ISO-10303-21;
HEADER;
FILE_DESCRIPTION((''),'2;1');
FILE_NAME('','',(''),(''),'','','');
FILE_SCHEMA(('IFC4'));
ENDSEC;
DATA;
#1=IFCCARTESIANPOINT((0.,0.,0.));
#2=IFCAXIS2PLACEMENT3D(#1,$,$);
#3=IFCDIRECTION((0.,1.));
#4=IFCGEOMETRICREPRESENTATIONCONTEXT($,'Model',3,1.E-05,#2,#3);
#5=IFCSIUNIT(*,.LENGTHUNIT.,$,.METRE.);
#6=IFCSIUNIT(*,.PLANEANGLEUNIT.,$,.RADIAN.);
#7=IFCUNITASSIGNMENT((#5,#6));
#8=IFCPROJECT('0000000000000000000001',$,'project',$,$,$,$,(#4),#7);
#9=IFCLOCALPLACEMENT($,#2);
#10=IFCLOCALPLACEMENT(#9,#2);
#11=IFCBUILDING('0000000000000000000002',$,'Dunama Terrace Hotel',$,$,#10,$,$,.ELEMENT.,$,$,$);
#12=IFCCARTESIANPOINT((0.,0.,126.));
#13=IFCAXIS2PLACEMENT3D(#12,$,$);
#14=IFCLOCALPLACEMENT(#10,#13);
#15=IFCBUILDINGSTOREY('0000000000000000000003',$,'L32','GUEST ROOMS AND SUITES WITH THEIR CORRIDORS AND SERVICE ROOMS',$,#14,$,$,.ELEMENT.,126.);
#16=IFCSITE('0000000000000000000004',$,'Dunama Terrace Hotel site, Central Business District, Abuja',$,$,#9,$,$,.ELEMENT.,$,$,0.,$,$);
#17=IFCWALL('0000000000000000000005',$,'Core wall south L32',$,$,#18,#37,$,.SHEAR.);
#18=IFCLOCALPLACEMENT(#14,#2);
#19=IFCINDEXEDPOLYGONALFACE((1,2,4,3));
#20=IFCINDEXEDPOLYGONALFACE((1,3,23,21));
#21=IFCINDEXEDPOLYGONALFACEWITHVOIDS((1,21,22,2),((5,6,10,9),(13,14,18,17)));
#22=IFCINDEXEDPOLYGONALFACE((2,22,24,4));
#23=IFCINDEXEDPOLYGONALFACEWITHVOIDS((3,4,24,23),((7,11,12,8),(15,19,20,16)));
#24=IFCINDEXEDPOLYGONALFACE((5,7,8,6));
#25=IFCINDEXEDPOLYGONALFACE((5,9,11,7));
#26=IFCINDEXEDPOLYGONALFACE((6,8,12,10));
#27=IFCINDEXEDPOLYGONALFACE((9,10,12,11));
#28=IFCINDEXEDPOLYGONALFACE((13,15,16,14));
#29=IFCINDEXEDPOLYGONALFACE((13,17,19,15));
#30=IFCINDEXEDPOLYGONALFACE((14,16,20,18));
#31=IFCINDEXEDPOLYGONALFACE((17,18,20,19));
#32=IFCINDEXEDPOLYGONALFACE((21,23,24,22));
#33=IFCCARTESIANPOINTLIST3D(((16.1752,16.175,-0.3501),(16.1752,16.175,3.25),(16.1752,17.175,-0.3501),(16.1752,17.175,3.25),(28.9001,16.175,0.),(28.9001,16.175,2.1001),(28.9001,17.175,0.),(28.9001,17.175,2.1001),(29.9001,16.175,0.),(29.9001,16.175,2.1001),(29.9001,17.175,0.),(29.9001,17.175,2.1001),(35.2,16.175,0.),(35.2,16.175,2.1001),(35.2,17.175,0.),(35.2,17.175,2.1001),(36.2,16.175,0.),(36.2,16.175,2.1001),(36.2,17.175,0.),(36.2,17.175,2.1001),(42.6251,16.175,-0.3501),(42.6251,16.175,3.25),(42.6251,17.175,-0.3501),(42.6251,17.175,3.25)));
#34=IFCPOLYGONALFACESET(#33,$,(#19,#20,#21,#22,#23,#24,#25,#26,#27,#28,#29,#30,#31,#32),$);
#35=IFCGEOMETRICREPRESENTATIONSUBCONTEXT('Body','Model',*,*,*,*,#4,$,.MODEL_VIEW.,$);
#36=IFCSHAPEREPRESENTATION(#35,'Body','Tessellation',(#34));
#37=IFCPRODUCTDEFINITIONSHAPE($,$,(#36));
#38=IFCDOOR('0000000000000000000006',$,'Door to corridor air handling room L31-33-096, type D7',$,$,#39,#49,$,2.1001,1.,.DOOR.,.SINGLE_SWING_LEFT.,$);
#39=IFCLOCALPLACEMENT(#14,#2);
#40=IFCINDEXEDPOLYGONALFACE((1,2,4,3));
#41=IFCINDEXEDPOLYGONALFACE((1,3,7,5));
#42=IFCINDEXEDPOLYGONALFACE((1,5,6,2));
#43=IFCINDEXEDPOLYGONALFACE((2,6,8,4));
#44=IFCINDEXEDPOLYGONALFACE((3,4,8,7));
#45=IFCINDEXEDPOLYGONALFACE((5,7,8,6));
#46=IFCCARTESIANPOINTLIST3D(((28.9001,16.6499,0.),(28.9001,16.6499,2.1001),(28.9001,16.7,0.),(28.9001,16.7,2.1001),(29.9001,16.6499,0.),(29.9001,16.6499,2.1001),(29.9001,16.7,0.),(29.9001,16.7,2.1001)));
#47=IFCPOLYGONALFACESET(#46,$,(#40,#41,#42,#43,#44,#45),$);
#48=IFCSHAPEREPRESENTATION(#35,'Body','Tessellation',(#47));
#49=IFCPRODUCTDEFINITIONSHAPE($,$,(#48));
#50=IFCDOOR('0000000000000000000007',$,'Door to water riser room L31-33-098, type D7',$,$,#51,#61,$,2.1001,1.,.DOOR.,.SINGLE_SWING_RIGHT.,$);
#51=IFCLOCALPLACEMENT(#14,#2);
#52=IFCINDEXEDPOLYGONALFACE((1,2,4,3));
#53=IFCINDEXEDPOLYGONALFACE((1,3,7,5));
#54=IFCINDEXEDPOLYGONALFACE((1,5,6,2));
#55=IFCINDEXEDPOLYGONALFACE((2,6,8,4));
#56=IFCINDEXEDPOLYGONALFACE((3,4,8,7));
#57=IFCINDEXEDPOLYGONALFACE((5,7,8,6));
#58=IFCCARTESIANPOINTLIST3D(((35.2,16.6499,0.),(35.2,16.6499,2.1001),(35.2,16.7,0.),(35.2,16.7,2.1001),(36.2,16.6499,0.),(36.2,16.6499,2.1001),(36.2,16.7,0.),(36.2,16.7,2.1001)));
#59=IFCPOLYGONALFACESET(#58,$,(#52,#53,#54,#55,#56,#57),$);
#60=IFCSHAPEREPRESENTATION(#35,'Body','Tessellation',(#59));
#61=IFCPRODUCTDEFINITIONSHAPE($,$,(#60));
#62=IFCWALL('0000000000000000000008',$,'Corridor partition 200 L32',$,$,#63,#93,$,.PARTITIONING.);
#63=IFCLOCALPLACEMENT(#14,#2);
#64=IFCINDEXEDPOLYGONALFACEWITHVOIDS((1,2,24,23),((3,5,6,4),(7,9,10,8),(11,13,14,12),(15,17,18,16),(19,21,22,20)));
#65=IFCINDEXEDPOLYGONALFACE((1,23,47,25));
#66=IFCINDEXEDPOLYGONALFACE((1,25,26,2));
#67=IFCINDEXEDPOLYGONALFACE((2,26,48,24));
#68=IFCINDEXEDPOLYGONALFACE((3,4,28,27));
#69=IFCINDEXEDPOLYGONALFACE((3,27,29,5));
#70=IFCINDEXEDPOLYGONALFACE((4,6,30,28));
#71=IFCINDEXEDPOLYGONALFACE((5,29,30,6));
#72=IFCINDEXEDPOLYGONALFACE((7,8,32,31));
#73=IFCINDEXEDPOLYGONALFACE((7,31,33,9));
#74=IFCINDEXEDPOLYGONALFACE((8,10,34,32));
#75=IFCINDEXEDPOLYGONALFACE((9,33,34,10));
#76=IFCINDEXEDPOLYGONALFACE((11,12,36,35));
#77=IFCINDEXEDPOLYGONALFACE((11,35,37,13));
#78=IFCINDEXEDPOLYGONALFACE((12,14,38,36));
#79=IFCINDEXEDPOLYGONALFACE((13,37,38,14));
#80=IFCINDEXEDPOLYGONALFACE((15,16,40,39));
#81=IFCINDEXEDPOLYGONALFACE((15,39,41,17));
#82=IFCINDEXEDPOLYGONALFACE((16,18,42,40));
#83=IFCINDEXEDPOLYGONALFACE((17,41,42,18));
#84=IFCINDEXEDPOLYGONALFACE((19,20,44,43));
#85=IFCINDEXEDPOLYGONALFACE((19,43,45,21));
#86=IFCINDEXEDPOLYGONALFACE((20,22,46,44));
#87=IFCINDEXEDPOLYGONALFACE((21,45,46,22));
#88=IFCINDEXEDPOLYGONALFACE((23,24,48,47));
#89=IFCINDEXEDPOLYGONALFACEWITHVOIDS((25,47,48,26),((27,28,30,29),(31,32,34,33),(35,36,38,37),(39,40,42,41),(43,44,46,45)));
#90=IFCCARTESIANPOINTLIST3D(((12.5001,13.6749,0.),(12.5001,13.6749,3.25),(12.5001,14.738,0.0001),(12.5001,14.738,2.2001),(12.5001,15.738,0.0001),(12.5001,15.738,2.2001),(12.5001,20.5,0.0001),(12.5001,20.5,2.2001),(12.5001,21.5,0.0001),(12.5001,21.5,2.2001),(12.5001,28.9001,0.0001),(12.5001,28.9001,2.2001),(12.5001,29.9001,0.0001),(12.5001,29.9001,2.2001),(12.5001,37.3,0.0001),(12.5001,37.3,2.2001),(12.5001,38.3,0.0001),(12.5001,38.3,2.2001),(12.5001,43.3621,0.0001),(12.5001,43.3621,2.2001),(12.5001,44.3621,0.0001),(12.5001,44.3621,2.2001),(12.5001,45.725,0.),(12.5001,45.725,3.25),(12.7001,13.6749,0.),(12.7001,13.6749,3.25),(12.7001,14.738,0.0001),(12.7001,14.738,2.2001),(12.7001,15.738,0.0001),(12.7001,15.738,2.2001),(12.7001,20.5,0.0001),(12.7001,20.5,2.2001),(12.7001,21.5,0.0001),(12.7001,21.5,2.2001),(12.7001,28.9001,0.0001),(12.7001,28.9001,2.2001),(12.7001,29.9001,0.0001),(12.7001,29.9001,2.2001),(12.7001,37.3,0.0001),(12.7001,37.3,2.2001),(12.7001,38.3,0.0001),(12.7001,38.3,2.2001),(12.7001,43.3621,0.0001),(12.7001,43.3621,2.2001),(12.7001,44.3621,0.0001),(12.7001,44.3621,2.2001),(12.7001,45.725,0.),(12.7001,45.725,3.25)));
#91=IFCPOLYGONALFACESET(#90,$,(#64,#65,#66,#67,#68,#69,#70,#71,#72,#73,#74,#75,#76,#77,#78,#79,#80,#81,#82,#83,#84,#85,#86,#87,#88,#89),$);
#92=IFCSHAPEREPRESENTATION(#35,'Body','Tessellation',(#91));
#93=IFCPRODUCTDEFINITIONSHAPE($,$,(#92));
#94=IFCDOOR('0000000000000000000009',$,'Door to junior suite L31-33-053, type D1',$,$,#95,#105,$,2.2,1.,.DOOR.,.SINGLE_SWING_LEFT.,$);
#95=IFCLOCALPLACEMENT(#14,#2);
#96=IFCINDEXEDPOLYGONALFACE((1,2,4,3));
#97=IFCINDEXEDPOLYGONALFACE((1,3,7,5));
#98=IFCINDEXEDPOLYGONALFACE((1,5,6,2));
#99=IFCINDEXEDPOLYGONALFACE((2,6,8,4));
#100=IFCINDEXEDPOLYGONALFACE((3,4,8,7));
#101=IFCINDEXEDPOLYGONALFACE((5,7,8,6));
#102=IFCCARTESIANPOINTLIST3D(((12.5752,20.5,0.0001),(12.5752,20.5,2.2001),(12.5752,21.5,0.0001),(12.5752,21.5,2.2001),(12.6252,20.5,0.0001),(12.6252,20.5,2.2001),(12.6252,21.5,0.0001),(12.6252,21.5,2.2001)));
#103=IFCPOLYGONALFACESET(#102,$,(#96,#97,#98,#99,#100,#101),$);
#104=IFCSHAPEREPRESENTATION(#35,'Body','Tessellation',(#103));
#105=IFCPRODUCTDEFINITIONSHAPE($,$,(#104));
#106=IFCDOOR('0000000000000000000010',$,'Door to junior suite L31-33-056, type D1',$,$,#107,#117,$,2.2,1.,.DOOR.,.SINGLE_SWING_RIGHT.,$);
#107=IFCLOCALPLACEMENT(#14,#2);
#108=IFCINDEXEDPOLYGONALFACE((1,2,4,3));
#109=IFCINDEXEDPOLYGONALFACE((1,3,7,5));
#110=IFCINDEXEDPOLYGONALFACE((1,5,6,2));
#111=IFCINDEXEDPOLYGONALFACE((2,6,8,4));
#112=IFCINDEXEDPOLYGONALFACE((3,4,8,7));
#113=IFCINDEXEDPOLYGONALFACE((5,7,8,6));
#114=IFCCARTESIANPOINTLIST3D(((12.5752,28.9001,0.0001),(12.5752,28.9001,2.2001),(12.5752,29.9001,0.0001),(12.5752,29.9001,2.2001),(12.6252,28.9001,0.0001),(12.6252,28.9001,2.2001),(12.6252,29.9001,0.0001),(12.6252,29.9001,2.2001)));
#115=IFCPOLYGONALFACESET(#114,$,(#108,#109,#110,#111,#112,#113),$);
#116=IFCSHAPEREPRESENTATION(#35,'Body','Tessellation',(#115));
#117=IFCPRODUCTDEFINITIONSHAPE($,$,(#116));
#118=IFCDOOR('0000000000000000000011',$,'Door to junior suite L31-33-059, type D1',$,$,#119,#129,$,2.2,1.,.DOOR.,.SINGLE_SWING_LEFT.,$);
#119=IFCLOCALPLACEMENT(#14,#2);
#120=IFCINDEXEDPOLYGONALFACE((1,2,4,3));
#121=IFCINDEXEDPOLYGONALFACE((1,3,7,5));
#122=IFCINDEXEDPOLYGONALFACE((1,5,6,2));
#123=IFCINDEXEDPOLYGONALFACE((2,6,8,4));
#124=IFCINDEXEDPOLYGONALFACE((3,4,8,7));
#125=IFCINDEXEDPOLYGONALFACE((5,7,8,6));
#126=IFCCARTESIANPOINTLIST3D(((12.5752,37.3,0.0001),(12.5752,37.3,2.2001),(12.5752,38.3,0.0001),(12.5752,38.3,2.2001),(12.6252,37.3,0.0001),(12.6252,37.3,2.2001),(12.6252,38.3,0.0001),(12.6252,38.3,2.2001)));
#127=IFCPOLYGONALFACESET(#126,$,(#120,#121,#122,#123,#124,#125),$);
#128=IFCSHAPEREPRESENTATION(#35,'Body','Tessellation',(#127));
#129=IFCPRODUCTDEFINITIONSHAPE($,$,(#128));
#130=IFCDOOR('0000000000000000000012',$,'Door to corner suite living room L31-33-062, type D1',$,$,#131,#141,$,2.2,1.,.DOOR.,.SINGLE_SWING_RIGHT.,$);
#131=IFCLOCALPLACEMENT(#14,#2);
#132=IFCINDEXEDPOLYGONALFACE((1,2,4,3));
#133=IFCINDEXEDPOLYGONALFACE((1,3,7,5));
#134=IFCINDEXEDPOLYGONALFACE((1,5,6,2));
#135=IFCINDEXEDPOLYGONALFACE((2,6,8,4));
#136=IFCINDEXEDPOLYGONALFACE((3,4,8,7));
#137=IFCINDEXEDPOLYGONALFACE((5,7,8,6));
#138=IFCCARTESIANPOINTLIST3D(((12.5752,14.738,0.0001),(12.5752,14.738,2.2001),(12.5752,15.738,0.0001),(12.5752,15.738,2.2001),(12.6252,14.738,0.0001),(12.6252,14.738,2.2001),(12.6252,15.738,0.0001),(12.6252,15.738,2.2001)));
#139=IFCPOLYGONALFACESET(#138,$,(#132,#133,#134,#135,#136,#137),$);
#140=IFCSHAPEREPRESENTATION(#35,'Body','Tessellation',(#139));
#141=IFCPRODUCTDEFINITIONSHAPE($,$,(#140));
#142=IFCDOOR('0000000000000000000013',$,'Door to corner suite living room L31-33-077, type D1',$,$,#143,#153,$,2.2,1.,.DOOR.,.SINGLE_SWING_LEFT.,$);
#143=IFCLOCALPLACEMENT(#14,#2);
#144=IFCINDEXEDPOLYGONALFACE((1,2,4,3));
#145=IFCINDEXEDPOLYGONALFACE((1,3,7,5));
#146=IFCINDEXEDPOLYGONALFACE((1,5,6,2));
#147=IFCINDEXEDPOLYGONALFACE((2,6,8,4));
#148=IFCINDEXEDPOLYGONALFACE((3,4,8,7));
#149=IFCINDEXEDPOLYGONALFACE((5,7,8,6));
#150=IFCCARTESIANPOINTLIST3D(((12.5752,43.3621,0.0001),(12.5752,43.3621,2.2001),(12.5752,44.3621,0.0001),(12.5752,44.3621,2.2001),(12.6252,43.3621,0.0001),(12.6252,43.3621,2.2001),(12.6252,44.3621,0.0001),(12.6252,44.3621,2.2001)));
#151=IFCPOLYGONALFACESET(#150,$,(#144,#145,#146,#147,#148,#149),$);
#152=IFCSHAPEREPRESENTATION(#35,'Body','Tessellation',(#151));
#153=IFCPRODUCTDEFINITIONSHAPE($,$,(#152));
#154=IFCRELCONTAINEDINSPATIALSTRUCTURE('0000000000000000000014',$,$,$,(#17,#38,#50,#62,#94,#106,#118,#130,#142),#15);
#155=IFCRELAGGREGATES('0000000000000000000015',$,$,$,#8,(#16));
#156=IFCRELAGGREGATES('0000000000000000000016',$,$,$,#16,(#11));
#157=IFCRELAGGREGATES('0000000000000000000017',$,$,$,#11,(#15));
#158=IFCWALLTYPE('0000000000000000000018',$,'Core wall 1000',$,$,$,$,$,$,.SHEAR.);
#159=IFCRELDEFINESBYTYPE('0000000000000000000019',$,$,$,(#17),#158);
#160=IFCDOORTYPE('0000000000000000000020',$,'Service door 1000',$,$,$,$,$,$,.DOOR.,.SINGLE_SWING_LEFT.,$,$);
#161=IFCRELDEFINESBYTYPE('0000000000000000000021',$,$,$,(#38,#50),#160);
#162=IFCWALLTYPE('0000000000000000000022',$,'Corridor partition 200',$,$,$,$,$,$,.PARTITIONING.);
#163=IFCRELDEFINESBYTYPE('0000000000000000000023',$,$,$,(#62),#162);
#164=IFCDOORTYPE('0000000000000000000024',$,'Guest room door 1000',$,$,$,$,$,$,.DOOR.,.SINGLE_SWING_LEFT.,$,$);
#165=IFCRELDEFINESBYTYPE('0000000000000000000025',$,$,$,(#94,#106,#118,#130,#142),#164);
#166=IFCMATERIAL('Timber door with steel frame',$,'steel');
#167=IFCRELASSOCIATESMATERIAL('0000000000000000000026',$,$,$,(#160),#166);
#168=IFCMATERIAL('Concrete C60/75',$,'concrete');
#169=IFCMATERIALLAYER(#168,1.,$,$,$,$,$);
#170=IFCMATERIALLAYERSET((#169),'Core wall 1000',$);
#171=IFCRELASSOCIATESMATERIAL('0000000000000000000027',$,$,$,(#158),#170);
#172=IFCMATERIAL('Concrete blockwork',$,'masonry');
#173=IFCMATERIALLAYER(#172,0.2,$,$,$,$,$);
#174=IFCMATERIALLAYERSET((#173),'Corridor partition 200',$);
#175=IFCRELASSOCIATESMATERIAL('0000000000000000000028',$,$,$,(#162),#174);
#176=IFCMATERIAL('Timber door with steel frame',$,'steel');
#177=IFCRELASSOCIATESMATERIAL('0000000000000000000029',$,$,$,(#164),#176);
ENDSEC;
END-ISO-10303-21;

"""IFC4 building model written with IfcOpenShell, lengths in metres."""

from ifc_helpers import new_model, si_unit, direction, frame, frame_2d, origin, place, context, subcontext, project, spatial, rectangle, extrude, material, layer, layer_set, type_object, element, fill, save


model = new_model("IFC4")

# Units and contexts
model_context = context("Model", 3, precision=1e-05, world=origin(), true_north=direction((0.0, 1.0)))
body_context = subcontext(model_context, "Body", "Model", "MODEL_VIEW")
ifc_project = project(units=[si_unit("LENGTHUNIT", "METRE"), si_unit("PLANEANGLEUNIT", "RADIAN")], contexts=[model_context])

# Site, building, storey
site_placement = place(None, origin())
site = spatial("IfcSite", under=ifc_project, at=site_placement, Name="Dunama Terrace Hotel site, Central Business District, Abuja", CompositionType="ELEMENT", RefElevation=0.0)
building_placement = place(site_placement, origin())
building = spatial("IfcBuilding", under=site, at=building_placement, Name="Dunama Terrace Hotel", CompositionType="ELEMENT")
storey_placement = place(building_placement, frame((0.0, 0.0, 126.0)))
storey = spatial("IfcBuildingStorey", under=building, at=storey_placement, Name="L32", Description="GUEST ROOMS AND SUITES WITH THEIR CORRIDORS AND SERVICE ROOMS", CompositionType="ELEMENT", Elevation=126.0)

# Shared definitions
ifc_material_1 = material(Name="Timber door with steel frame", Category="steel")
door_type_1 = type_object("IfcDoorType", Name="Service door 1000", OperationType="SINGLE_SWING_LEFT", PredefinedType="DOOR", material=ifc_material_1)

# Walls, openings, doors
ifc_material_2 = material(Name="Concrete C60/75", Category="concrete")
ifc_layer_1 = layer(ifc_material_2, 1.0)
ifc_layer_set_1 = layer_set([ifc_layer_1], Name="Core wall 1000")
wall_type_1 = type_object("IfcWallType", Name="Core wall 1000", PredefinedType="SHEAR", material=ifc_layer_set_1)
wall_1_placement = place(storey_placement, frame((16.175, 16.675, -0.3501), z_axis=(0.0, 0.0, 1.0), x_axis=(1.0, 0.0, 0.0)))
wall_1 = element("IfcWall", 1, at=wall_1_placement, inside=storey, type_object=wall_type_1, Name="Core wall south L32", PredefinedType="SHEAR", context=body_context, shape_type="SweptSolid", body=[
    extrude(rectangle(XDim=26.45, YDim=1.0, at=frame_2d((13.2251, 0.0))), origin(), (0.0, 0.0, 1.0), 3.6001),
])
opening_1_placement = place(wall_1_placement, frame((12.7251, 0.0, 0.3501)))
opening_1 = element("IfcOpeningElement", 2, at=opening_1_placement, cuts=wall_1, PredefinedType="OPENING", context=body_context, shape_type="SweptSolid", body=[
    extrude(rectangle(XDim=1.0, YDim=2.1001, at=frame_2d((0.5, 1.05))), frame((0.0, 0.51, 0.0), z_axis=(0.0, -1.0, 0.0), x_axis=(1.0, 0.0, 0.0)), (0.0, 0.0, 1.0), 1.02),
])
opening_2_placement = place(wall_1_placement, frame((19.0249, 0.0, 0.3501)))
opening_2 = element("IfcOpeningElement", 3, at=opening_2_placement, cuts=wall_1, PredefinedType="OPENING", context=body_context, shape_type="SweptSolid", body=[
    extrude(rectangle(XDim=1.0, YDim=2.1001, at=frame_2d((0.5, 1.05))), frame((0.0, 0.51, 0.0), z_axis=(0.0, -1.0, 0.0), x_axis=(1.0, 0.0, 0.0)), (0.0, 0.0, 1.0), 1.02),
])
door_1_placement = place(opening_1_placement, origin())
door_1 = element("IfcDoor", 4, at=door_1_placement, inside=storey, type_object=door_type_1, Name="Door to corridor air handling room L31-33-096, type D7", OperationType="SINGLE_SWING_LEFT", OverallHeight=2.1001, OverallWidth=1.0, PredefinedType="DOOR", context=body_context, shape_type="SweptSolid", body=[
    extrude(rectangle(XDim=1.0, YDim=2.1001, at=frame_2d((0.5, 1.05))), frame((0.0, 0.0249, 0.0), z_axis=(0.0, -1.0, 0.0), x_axis=(1.0, 0.0, 0.0)), (0.0, 0.0, 1.0), 0.05),
])
fill(opening_1, door_1)
door_2_placement = place(opening_2_placement, origin())
door_2 = element("IfcDoor", 5, at=door_2_placement, inside=storey, type_object=door_type_1, Name="Door to water riser room L31-33-098, type D7", OperationType="SINGLE_SWING_RIGHT", OverallHeight=2.1001, OverallWidth=1.0, PredefinedType="DOOR", context=body_context, shape_type="SweptSolid", body=[
    extrude(rectangle(XDim=1.0, YDim=2.1001, at=frame_2d((0.5, 1.05))), frame((0.0, 0.0249, 0.0), z_axis=(0.0, -1.0, 0.0), x_axis=(1.0, 0.0, 0.0)), (0.0, 0.0, 1.0), 0.05),
])
fill(opening_2, door_2)
ifc_material_3 = material(Name="Concrete blockwork", Category="masonry")
ifc_layer_2 = layer(ifc_material_3, 0.2)
ifc_layer_set_2 = layer_set([ifc_layer_2], Name="Corridor partition 200")
wall_type_2 = type_object("IfcWallType", Name="Corridor partition 200", PredefinedType="PARTITIONING", material=ifc_layer_set_2)
wall_2_placement = place(storey_placement, frame((12.6001, 13.675, 0.0), z_axis=(0.0, 0.0, 1.0), x_axis=(0.0, 1.0, 0.0)))
wall_2 = element("IfcWall", 6, at=wall_2_placement, inside=storey, type_object=wall_type_2, Name="Corridor partition 200 L32", PredefinedType="PARTITIONING", context=body_context, shape_type="SweptSolid", body=[
    extrude(rectangle(XDim=32.05, YDim=0.2, at=frame_2d((16.0249, 0.0))), origin(), (0.0, 0.0, 1.0), 3.25),
])
opening_3_placement = place(wall_2_placement, frame((6.825, 0.0, 0.0)))
opening_3 = element("IfcOpeningElement", 7, at=opening_3_placement, cuts=wall_2, PredefinedType="OPENING", context=body_context, shape_type="SweptSolid", body=[
    extrude(rectangle(XDim=1.0, YDim=2.2, at=frame_2d((0.5, 1.1001))), frame((0.0, 0.1099, 0.0), z_axis=(0.0, -1.0, 0.0), x_axis=(1.0, 0.0, 0.0)), (0.0, 0.0, 1.0), 0.22),
])
opening_4_placement = place(wall_2_placement, frame((15.2251, 0.0, 0.0)))
opening_4 = element("IfcOpeningElement", 8, at=opening_4_placement, cuts=wall_2, PredefinedType="OPENING", context=body_context, shape_type="SweptSolid", body=[
    extrude(rectangle(XDim=1.0, YDim=2.2, at=frame_2d((0.5, 1.1001))), frame((0.0, 0.1099, 0.0), z_axis=(0.0, -1.0, 0.0), x_axis=(1.0, 0.0, 0.0)), (0.0, 0.0, 1.0), 0.22),
])
opening_5_placement = place(wall_2_placement, frame((23.625, 0.0, 0.0)))
opening_5 = element("IfcOpeningElement", 9, at=opening_5_placement, cuts=wall_2, PredefinedType="OPENING", context=body_context, shape_type="SweptSolid", body=[
    extrude(rectangle(XDim=1.0, YDim=2.2, at=frame_2d((0.5, 1.1001))), frame((0.0, 0.1099, 0.0), z_axis=(0.0, -1.0, 0.0), x_axis=(1.0, 0.0, 0.0)), (0.0, 0.0, 1.0), 0.22),
])
opening_6_placement = place(wall_2_placement, frame((1.063, 0.0, 0.0)))
opening_6 = element("IfcOpeningElement", 10, at=opening_6_placement, cuts=wall_2, PredefinedType="OPENING", context=body_context, shape_type="SweptSolid", body=[
    extrude(rectangle(XDim=1.0, YDim=2.2, at=frame_2d((0.5, 1.1001))), frame((0.0, 0.1099, 0.0), z_axis=(0.0, -1.0, 0.0), x_axis=(1.0, 0.0, 0.0)), (0.0, 0.0, 1.0), 0.22),
])
opening_7_placement = place(wall_2_placement, frame((29.687, 0.0, 0.0)))
opening_7 = element("IfcOpeningElement", 11, at=opening_7_placement, cuts=wall_2, PredefinedType="OPENING", context=body_context, shape_type="SweptSolid", body=[
    extrude(rectangle(XDim=1.0, YDim=2.2, at=frame_2d((0.5, 1.1001))), frame((0.0, 0.1099, 0.0), z_axis=(0.0, -1.0, 0.0), x_axis=(1.0, 0.0, 0.0)), (0.0, 0.0, 1.0), 0.22),
])
ifc_material_4 = material(Name="Timber door with steel frame", Category="steel")
door_type_2 = type_object("IfcDoorType", Name="Guest room door 1000", OperationType="SINGLE_SWING_LEFT", PredefinedType="DOOR", material=ifc_material_4)
door_3_placement = place(opening_3_placement, origin())
door_3 = element("IfcDoor", 12, at=door_3_placement, inside=storey, type_object=door_type_2, Name="Door to junior suite L31-33-053, type D1", OperationType="SINGLE_SWING_LEFT", OverallHeight=2.2, OverallWidth=1.0, PredefinedType="DOOR", context=body_context, shape_type="SweptSolid", body=[
    extrude(rectangle(XDim=1.0, YDim=2.2, at=frame_2d((0.5, 1.1001))), frame((0.0, 0.0249, 0.0), z_axis=(0.0, -1.0, 0.0), x_axis=(1.0, 0.0, 0.0)), (0.0, 0.0, 1.0), 0.05),
])
fill(opening_3, door_3)
door_4_placement = place(opening_4_placement, origin())
door_4 = element("IfcDoor", 13, at=door_4_placement, inside=storey, type_object=door_type_2, Name="Door to junior suite L31-33-056, type D1", OperationType="SINGLE_SWING_RIGHT", OverallHeight=2.2, OverallWidth=1.0, PredefinedType="DOOR", context=body_context, shape_type="SweptSolid", body=[
    extrude(rectangle(XDim=1.0, YDim=2.2, at=frame_2d((0.5, 1.1001))), frame((0.0, 0.0249, 0.0), z_axis=(0.0, -1.0, 0.0), x_axis=(1.0, 0.0, 0.0)), (0.0, 0.0, 1.0), 0.05),
])
fill(opening_4, door_4)
door_5_placement = place(opening_5_placement, origin())
door_5 = element("IfcDoor", 14, at=door_5_placement, inside=storey, type_object=door_type_2, Name="Door to junior suite L31-33-059, type D1", OperationType="SINGLE_SWING_LEFT", OverallHeight=2.2, OverallWidth=1.0, PredefinedType="DOOR", context=body_context, shape_type="SweptSolid", body=[
    extrude(rectangle(XDim=1.0, YDim=2.2, at=frame_2d((0.5, 1.1001))), frame((0.0, 0.0249, 0.0), z_axis=(0.0, -1.0, 0.0), x_axis=(1.0, 0.0, 0.0)), (0.0, 0.0, 1.0), 0.05),
])
fill(opening_5, door_5)
door_6_placement = place(opening_6_placement, origin())
door_6 = element("IfcDoor", 15, at=door_6_placement, inside=storey, type_object=door_type_2, Name="Door to corner suite living room L31-33-062, type D1", OperationType="SINGLE_SWING_RIGHT", OverallHeight=2.2, OverallWidth=1.0, PredefinedType="DOOR", context=body_context, shape_type="SweptSolid", body=[
    extrude(rectangle(XDim=1.0, YDim=2.2, at=frame_2d((0.5, 1.1001))), frame((0.0, 0.0249, 0.0), z_axis=(0.0, -1.0, 0.0), x_axis=(1.0, 0.0, 0.0)), (0.0, 0.0, 1.0), 0.05),
])
fill(opening_6, door_6)
door_7_placement = place(opening_7_placement, origin())
door_7 = element("IfcDoor", 16, at=door_7_placement, inside=storey, type_object=door_type_2, Name="Door to corner suite living room L31-33-077, type D1", OperationType="SINGLE_SWING_LEFT", OverallHeight=2.2, OverallWidth=1.0, PredefinedType="DOOR", context=body_context, shape_type="SweptSolid", body=[
    extrude(rectangle(XDim=1.0, YDim=2.2, at=frame_2d((0.5, 1.1001))), frame((0.0, 0.0249, 0.0), z_axis=(0.0, -1.0, 0.0), x_axis=(1.0, 0.0, 0.0)), (0.0, 0.0, 1.0), 0.05),
])
fill(opening_7, door_7)

save(model, "model.ifc")
